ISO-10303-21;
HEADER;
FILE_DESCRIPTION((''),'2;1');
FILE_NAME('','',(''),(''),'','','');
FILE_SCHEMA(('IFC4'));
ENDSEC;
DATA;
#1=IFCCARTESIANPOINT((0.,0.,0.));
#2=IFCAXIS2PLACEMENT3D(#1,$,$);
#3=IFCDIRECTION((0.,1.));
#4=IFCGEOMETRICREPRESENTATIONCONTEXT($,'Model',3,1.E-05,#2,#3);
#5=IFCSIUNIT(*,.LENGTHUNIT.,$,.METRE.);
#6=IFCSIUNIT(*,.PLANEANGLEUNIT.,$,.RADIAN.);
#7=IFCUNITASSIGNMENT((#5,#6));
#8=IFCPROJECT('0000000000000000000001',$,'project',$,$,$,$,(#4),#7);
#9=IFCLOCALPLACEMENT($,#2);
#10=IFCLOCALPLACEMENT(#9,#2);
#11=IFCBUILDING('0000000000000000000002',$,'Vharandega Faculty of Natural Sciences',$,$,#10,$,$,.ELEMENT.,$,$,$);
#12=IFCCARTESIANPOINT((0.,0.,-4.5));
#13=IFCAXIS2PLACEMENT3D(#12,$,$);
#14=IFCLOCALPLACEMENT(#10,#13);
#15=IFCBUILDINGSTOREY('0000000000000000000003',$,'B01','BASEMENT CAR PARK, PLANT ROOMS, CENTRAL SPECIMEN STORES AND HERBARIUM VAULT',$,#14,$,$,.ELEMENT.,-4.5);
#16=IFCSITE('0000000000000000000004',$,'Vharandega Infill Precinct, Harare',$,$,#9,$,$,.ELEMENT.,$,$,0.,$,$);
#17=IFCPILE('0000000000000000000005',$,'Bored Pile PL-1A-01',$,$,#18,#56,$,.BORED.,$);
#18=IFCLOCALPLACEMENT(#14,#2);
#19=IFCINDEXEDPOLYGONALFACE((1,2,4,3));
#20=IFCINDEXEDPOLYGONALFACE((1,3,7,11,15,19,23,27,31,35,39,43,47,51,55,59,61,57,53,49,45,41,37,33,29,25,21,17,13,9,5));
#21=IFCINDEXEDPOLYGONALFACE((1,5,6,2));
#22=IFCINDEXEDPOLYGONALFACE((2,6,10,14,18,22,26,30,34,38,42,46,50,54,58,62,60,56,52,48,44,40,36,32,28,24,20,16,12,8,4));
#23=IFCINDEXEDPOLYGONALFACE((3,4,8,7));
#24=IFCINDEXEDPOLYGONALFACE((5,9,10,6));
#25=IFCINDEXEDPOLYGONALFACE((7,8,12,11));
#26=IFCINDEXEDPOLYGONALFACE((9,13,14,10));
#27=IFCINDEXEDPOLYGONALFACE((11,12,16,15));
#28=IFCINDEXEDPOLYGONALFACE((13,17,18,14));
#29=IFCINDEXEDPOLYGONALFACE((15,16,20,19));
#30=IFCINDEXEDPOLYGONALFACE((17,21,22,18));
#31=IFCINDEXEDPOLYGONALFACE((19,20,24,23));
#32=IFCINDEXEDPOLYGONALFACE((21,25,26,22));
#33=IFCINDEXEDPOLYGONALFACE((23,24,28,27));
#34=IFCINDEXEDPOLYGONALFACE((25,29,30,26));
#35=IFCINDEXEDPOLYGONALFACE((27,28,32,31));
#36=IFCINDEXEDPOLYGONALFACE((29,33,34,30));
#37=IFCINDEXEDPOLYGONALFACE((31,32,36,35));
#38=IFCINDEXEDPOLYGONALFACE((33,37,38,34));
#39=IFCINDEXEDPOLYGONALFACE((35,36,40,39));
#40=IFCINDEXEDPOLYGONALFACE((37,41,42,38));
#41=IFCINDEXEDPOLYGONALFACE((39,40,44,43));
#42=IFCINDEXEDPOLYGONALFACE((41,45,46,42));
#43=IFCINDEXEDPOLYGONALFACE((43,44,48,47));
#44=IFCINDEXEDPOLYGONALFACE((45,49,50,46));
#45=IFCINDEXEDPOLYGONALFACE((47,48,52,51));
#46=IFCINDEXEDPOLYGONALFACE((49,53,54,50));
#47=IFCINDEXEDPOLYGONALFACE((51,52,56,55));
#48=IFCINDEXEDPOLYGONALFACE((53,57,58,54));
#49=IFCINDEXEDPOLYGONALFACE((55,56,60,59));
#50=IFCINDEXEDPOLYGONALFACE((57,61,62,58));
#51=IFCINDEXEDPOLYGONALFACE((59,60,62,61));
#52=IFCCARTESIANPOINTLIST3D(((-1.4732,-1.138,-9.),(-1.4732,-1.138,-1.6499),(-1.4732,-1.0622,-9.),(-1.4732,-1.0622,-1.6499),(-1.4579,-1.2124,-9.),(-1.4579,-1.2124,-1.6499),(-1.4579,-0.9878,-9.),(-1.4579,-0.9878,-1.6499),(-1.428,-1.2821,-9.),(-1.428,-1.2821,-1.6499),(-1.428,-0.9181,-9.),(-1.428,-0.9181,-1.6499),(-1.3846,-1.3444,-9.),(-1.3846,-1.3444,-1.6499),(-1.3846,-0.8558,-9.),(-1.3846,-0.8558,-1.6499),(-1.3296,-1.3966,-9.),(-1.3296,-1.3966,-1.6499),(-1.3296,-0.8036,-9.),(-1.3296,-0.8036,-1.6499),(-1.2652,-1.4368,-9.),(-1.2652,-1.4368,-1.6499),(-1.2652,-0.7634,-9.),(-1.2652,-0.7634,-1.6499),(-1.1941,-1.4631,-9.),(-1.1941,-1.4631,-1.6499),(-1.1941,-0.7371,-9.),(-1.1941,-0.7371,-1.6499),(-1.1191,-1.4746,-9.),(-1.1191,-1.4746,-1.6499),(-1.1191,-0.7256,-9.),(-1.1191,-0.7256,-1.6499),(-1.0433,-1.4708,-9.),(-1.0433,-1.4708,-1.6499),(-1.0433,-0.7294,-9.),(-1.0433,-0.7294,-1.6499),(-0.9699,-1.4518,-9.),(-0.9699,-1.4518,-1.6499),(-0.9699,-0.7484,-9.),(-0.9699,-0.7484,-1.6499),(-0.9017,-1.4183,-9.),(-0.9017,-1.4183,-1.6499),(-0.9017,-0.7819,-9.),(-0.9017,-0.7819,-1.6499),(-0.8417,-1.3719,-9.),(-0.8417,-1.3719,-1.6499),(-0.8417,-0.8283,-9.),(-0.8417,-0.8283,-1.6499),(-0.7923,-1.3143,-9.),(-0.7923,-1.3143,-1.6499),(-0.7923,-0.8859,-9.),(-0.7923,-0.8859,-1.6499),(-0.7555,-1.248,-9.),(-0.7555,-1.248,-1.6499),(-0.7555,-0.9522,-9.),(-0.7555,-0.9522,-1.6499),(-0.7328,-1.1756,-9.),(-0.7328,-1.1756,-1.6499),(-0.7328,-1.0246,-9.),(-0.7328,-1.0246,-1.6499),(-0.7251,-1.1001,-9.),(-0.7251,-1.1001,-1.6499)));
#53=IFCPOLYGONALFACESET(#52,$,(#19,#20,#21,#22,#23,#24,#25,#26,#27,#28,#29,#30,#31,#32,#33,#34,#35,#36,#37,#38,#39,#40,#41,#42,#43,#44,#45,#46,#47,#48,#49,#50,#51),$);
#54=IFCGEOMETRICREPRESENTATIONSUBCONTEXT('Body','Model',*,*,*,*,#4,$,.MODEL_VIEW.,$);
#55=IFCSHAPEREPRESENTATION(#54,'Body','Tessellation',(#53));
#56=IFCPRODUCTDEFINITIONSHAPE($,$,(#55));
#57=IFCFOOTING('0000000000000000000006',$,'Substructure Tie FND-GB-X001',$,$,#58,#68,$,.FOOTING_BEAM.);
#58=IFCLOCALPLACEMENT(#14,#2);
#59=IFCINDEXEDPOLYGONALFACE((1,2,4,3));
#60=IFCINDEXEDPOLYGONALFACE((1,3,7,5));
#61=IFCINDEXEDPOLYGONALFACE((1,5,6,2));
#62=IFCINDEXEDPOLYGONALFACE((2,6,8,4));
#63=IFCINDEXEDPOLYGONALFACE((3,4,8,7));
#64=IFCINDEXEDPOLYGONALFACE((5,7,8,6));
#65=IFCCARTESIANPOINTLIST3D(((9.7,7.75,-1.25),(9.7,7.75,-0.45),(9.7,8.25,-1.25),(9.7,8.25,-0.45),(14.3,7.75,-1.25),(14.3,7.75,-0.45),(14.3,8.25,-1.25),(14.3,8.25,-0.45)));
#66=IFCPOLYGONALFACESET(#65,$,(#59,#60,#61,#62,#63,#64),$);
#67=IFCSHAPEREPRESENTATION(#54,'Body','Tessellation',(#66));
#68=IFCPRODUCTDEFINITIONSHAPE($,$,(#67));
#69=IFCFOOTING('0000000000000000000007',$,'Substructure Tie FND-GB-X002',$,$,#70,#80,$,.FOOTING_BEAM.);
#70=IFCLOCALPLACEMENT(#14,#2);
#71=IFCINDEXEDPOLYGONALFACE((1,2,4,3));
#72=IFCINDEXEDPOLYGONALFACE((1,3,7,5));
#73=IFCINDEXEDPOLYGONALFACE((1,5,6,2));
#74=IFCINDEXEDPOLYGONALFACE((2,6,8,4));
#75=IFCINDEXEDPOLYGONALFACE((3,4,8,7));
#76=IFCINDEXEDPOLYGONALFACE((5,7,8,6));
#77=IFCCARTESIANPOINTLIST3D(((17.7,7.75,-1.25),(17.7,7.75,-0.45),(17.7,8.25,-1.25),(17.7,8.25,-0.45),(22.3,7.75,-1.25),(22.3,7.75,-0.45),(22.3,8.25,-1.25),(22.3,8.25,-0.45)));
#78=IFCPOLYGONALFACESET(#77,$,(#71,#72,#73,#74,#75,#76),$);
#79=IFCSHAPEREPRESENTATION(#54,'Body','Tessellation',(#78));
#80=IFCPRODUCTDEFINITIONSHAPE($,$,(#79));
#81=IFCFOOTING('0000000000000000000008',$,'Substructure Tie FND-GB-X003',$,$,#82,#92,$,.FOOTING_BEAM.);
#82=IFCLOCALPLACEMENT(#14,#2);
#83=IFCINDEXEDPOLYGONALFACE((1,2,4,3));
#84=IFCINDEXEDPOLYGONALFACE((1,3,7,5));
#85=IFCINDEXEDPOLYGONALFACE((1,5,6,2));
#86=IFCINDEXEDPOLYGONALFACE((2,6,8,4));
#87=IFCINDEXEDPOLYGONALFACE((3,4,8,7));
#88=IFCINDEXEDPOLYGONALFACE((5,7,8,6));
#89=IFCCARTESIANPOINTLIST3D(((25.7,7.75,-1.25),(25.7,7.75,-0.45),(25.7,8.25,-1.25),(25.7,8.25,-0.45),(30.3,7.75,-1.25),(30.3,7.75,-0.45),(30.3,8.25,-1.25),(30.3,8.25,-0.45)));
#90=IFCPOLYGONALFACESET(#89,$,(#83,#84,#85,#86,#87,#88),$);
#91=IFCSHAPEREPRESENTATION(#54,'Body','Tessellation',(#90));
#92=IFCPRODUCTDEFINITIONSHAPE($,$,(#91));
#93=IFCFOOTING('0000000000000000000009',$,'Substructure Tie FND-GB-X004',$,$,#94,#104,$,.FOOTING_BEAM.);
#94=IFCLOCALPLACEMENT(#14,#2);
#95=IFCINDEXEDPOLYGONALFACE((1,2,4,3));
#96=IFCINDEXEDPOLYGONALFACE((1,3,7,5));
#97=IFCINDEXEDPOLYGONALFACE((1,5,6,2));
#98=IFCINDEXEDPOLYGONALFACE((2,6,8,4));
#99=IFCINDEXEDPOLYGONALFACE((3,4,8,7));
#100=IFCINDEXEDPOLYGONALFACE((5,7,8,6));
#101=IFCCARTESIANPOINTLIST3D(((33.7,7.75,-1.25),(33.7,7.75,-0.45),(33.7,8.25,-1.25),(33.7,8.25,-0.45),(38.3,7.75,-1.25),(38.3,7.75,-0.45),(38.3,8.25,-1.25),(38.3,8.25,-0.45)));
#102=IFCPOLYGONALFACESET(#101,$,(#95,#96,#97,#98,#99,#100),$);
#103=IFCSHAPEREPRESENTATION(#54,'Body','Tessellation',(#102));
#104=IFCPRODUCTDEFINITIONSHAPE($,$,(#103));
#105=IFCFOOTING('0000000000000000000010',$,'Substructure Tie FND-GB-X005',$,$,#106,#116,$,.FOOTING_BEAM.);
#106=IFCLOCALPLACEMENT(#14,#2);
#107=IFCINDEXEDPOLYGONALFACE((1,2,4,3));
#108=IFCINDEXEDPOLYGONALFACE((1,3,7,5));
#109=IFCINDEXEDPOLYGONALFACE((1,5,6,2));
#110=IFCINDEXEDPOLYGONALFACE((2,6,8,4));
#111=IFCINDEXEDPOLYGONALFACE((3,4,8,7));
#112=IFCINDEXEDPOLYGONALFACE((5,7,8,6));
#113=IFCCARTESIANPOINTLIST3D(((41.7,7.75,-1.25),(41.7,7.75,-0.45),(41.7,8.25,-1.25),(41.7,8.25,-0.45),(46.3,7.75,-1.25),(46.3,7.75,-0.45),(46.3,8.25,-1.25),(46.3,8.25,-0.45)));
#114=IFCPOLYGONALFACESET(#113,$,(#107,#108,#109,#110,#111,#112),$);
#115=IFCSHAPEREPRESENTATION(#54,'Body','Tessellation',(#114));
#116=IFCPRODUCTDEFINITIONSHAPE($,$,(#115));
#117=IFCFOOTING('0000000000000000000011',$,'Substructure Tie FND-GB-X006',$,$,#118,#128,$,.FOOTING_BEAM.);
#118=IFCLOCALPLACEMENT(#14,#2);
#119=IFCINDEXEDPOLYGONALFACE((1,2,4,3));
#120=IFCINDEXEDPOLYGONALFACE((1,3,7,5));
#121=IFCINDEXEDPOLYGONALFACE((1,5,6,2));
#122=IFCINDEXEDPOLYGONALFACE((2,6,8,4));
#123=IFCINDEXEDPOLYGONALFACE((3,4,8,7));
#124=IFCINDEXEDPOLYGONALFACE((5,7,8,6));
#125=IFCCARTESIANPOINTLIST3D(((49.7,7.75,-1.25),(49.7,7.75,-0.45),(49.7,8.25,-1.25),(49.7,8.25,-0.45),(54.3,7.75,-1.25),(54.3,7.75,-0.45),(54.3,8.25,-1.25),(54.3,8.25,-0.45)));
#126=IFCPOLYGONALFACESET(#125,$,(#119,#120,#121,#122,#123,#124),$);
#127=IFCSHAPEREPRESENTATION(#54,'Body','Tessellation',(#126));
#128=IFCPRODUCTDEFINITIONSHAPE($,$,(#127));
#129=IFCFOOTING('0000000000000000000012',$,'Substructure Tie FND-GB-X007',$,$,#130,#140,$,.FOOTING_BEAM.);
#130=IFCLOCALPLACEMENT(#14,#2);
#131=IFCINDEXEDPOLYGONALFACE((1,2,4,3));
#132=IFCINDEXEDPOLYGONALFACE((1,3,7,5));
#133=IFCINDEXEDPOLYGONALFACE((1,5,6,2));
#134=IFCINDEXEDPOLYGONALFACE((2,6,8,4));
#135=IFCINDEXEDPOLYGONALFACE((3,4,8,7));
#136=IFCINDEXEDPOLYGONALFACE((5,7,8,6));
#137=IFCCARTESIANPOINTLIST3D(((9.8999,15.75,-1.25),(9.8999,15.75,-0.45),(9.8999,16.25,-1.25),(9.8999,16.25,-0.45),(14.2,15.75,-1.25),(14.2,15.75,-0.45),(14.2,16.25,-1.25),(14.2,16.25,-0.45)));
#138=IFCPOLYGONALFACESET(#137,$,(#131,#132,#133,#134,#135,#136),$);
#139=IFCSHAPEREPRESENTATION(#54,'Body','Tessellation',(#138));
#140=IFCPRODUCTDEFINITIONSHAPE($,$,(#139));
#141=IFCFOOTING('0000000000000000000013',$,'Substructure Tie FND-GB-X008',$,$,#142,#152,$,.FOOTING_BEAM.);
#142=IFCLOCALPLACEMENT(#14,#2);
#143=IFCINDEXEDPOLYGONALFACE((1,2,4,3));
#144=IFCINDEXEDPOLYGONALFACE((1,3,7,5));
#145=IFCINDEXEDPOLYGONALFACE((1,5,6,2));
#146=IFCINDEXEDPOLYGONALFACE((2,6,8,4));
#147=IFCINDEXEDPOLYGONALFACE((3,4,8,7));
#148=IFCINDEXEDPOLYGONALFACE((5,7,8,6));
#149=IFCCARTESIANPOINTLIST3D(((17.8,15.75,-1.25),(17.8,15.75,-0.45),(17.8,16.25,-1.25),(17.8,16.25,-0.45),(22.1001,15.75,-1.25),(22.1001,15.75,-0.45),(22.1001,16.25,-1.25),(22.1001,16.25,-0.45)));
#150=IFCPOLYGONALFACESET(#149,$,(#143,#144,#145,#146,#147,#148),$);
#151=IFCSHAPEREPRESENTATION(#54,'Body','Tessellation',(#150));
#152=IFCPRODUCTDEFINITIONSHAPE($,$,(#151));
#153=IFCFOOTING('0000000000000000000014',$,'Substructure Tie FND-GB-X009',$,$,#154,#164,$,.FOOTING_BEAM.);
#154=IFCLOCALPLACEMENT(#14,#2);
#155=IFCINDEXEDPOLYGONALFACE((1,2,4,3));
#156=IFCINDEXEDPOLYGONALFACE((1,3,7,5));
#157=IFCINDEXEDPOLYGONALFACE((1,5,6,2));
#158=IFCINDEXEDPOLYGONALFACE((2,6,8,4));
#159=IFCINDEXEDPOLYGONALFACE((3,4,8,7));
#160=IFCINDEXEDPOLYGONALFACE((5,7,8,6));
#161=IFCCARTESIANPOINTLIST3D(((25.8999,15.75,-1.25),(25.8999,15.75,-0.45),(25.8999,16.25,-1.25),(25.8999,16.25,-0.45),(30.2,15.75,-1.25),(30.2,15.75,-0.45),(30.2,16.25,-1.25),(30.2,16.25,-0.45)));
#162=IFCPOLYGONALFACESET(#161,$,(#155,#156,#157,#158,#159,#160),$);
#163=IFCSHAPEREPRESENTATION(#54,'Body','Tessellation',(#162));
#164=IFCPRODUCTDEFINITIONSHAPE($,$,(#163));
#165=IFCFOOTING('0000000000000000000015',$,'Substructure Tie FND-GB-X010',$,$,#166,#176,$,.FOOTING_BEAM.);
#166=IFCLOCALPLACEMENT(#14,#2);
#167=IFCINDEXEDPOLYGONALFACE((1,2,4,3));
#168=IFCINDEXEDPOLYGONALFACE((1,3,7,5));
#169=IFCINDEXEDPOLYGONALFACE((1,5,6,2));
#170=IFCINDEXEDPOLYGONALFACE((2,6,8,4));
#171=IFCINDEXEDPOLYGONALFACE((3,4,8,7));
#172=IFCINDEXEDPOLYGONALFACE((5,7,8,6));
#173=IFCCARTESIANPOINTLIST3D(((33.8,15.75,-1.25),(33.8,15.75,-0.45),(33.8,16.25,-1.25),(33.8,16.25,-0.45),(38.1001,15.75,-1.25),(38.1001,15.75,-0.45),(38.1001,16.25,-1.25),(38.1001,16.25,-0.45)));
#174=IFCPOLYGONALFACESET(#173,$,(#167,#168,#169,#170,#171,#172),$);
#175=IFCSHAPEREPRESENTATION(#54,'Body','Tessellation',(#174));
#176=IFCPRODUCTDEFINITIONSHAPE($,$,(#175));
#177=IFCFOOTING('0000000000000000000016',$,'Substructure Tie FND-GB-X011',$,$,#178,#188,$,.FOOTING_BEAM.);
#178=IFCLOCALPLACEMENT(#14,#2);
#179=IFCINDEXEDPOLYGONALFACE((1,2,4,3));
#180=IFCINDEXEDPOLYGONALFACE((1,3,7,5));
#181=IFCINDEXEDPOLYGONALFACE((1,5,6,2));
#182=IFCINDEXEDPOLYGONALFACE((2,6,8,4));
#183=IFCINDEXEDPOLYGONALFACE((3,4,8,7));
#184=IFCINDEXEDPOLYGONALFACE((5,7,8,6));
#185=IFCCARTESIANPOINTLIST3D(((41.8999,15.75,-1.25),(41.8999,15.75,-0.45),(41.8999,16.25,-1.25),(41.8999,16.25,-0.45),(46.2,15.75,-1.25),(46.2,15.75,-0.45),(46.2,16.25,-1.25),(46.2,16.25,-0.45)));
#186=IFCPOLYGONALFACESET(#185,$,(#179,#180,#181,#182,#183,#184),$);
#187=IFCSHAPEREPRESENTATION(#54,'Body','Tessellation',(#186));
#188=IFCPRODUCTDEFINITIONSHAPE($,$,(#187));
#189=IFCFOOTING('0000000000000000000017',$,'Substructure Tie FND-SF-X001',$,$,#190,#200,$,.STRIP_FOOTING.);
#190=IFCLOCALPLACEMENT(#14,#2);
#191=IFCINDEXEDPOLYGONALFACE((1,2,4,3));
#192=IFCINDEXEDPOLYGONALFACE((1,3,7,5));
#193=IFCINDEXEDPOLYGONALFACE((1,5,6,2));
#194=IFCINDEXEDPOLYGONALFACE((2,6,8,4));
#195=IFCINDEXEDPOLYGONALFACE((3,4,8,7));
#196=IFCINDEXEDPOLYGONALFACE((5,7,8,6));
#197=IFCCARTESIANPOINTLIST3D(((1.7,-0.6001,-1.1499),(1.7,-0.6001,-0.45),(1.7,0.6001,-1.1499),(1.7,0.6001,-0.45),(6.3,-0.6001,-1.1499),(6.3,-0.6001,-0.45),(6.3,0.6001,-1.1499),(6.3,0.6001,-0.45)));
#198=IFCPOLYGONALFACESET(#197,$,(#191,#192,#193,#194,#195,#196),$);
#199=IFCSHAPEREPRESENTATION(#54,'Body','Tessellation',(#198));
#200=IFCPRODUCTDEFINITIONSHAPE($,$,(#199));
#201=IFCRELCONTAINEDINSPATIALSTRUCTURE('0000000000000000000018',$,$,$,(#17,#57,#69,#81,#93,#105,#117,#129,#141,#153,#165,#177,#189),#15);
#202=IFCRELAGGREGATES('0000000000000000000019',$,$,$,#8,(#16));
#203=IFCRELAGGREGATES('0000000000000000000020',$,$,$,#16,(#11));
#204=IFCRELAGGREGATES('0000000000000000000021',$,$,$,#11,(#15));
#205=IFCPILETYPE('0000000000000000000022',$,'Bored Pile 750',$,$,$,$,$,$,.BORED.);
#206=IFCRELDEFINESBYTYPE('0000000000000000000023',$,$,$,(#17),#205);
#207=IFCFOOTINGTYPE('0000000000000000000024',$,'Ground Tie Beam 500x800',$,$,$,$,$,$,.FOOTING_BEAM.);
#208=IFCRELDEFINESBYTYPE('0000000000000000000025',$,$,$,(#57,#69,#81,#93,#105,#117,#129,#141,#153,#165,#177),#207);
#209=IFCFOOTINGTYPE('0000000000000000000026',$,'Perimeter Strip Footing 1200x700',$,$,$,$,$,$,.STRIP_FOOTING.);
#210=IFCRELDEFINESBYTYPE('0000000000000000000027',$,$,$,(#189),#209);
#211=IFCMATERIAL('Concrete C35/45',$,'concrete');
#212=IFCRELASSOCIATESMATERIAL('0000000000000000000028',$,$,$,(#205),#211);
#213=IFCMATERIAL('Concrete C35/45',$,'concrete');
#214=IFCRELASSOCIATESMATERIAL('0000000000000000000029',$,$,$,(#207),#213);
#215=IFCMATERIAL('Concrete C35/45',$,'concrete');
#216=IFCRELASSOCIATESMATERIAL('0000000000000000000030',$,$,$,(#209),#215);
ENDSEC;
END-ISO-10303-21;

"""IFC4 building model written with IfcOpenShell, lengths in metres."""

from ifc_helpers import new_model, si_unit, direction, frame, origin, origin_2d, place, context, subcontext, project, spatial, polyline, circle, outline, extrude, material, material_profile, profile_set, type_object, element, save


model = new_model("IFC4")

# Units and contexts
model_context = context("Model", 3, precision=1e-05, world=origin(), true_north=direction((0.0, 1.0)))
body_context = subcontext(model_context, "Body", "Model", "MODEL_VIEW")
ifc_project = project(units=[si_unit("LENGTHUNIT", "METRE"), si_unit("PLANEANGLEUNIT", "RADIAN")], contexts=[model_context])

# Site, building, storey
site_placement = place(None, origin())
site = spatial("IfcSite", under=ifc_project, at=site_placement, Name="Vharandega Infill Precinct, Harare", CompositionType="ELEMENT", RefElevation=0.0)
building_placement = place(site_placement, origin())
building = spatial("IfcBuilding", under=site, at=building_placement, Name="Vharandega Faculty of Natural Sciences", CompositionType="ELEMENT")
storey_placement = place(building_placement, frame((0.0, 0.0, -4.5)))
storey = spatial("IfcBuildingStorey", under=building, at=storey_placement, Name="B01", Description="BASEMENT CAR PARK, PLANT ROOMS, CENTRAL SPECIMEN STORES AND HERBARIUM VAULT", CompositionType="ELEMENT", Elevation=-4.5)

# Pile
ifc_material_1 = material(Name="Concrete C35/45", Category="concrete")
ifc_material_profile = material_profile(ifc_material_1, circle(Radius=0.375, at=origin_2d()), Name="PILE 750")
ifc_profile_set = profile_set([ifc_material_profile], Name="Concrete C35/45")
pile_type = type_object("IfcPileType", Name="Bored Pile 750", PredefinedType="BORED", material=ifc_profile_set)
pile_placement = place(storey_placement, frame((-1.1001, -1.1001, -1.6499), z_axis=(0.0, 0.0, -1.0), x_axis=(1.0, 0.0, 0.0)))
element("IfcPile", 1, at=pile_placement, inside=storey, type_object=pile_type, Name="Bored Pile PL-1A-01", PredefinedType="BORED", context=body_context, shape_type="SweptSolid", body=[
    extrude(circle(Radius=0.375, at=origin_2d()), origin(), (0.0, 0.0, 1.0), 7.3501),
])

# Footings
ifc_material_2 = material(Name="Concrete C35/45", Category="concrete")
footing_type_1 = type_object("IfcFootingType", Name="Ground Tie Beam 500x800", PredefinedType="FOOTING_BEAM", material=ifc_material_2)
footing_1_placement = place(storey_placement, frame((0.0, 0.0, -1.25)))
element("IfcFooting", 2, at=footing_1_placement, inside=storey, type_object=footing_type_1, Name="Substructure Tie FND-GB-X001", PredefinedType="FOOTING_BEAM", context=body_context, shape_type="SweptSolid", body=[
    extrude(outline(polyline([(9.7, 7.75), (14.3, 7.75), (14.3, 8.25), (9.7, 8.25), (9.7, 7.75)])), origin(), (0.0, 0.0, 1.0), 0.8),
])
footing_2_placement = place(storey_placement, frame((0.0, 0.0, -1.25)))
element("IfcFooting", 3, at=footing_2_placement, inside=storey, type_object=footing_type_1, Name="Substructure Tie FND-GB-X002", PredefinedType="FOOTING_BEAM", context=body_context, shape_type="SweptSolid", body=[
    extrude(outline(polyline([(17.7, 7.75), (22.3, 7.75), (22.3, 8.25), (17.7, 8.25), (17.7, 7.75)])), origin(), (0.0, 0.0, 1.0), 0.8),
])
footing_3_placement = place(storey_placement, frame((0.0, 0.0, -1.25)))
element("IfcFooting", 4, at=footing_3_placement, inside=storey, type_object=footing_type_1, Name="Substructure Tie FND-GB-X003", PredefinedType="FOOTING_BEAM", context=body_context, shape_type="SweptSolid", body=[
    extrude(outline(polyline([(25.7, 7.75), (30.3, 7.75), (30.3, 8.25), (25.7, 8.25), (25.7, 7.75)])), origin(), (0.0, 0.0, 1.0), 0.8),
])
footing_4_placement = place(storey_placement, frame((0.0, 0.0, -1.25)))
element("IfcFooting", 5, at=footing_4_placement, inside=storey, type_object=footing_type_1, Name="Substructure Tie FND-GB-X004", PredefinedType="FOOTING_BEAM", context=body_context, shape_type="SweptSolid", body=[
    extrude(outline(polyline([(33.7, 7.75), (38.3, 7.75), (38.3, 8.25), (33.7, 8.25), (33.7, 7.75)])), origin(), (0.0, 0.0, 1.0), 0.8),
])
footing_5_placement = place(storey_placement, frame((0.0, 0.0, -1.25)))
element("IfcFooting", 6, at=footing_5_placement, inside=storey, type_object=footing_type_1, Name="Substructure Tie FND-GB-X005", PredefinedType="FOOTING_BEAM", context=body_context, shape_type="SweptSolid", body=[
    extrude(outline(polyline([(41.7, 7.75), (46.3, 7.75), (46.3, 8.25), (41.7, 8.25), (41.7, 7.75)])), origin(), (0.0, 0.0, 1.0), 0.8),
])
footing_6_placement = place(storey_placement, frame((0.0, 0.0, -1.25)))
element("IfcFooting", 7, at=footing_6_placement, inside=storey, type_object=footing_type_1, Name="Substructure Tie FND-GB-X006", PredefinedType="FOOTING_BEAM", context=body_context, shape_type="SweptSolid", body=[
    extrude(outline(polyline([(49.7, 7.75), (54.3, 7.75), (54.3, 8.25), (49.7, 8.25), (49.7, 7.75)])), origin(), (0.0, 0.0, 1.0), 0.8),
])
footing_7_placement = place(storey_placement, frame((0.0, 0.0, -1.25)))
element("IfcFooting", 8, at=footing_7_placement, inside=storey, type_object=footing_type_1, Name="Substructure Tie FND-GB-X007", PredefinedType="FOOTING_BEAM", context=body_context, shape_type="SweptSolid", body=[
    extrude(outline(polyline([(9.8999, 15.75), (14.2, 15.75), (14.2, 16.25), (9.8999, 16.25), (9.8999, 15.75)])), origin(), (0.0, 0.0, 1.0), 0.8),
])
footing_8_placement = place(storey_placement, frame((0.0, 0.0, -1.25)))
element("IfcFooting", 9, at=footing_8_placement, inside=storey, type_object=footing_type_1, Name="Substructure Tie FND-GB-X008", PredefinedType="FOOTING_BEAM", context=body_context, shape_type="SweptSolid", body=[
    extrude(outline(polyline([(17.8, 15.75), (22.1001, 15.75), (22.1001, 16.25), (17.8, 16.25), (17.8, 15.75)])), origin(), (0.0, 0.0, 1.0), 0.8),
])
footing_9_placement = place(storey_placement, frame((0.0, 0.0, -1.25)))
element("IfcFooting", 10, at=footing_9_placement, inside=storey, type_object=footing_type_1, Name="Substructure Tie FND-GB-X009", PredefinedType="FOOTING_BEAM", context=body_context, shape_type="SweptSolid", body=[
    extrude(outline(polyline([(25.8999, 15.75), (30.2, 15.75), (30.2, 16.25), (25.8999, 16.25), (25.8999, 15.75)])), origin(), (0.0, 0.0, 1.0), 0.8),
])
footing_10_placement = place(storey_placement, frame((0.0, 0.0, -1.25)))
element("IfcFooting", 11, at=footing_10_placement, inside=storey, type_object=footing_type_1, Name="Substructure Tie FND-GB-X010", PredefinedType="FOOTING_BEAM", context=body_context, shape_type="SweptSolid", body=[
    extrude(outline(polyline([(33.8, 15.75), (38.1001, 15.75), (38.1001, 16.25), (33.8, 16.25), (33.8, 15.75)])), origin(), (0.0, 0.0, 1.0), 0.8),
])
footing_11_placement = place(storey_placement, frame((0.0, 0.0, -1.25)))
element("IfcFooting", 12, at=footing_11_placement, inside=storey, type_object=footing_type_1, Name="Substructure Tie FND-GB-X011", PredefinedType="FOOTING_BEAM", context=body_context, shape_type="SweptSolid", body=[
    extrude(outline(polyline([(41.8999, 15.75), (46.2, 15.75), (46.2, 16.25), (41.8999, 16.25), (41.8999, 15.75)])), origin(), (0.0, 0.0, 1.0), 0.8),
])
ifc_material_3 = material(Name="Concrete C35/45", Category="concrete")
footing_type_2 = type_object("IfcFootingType", Name="Perimeter Strip Footing 1200x700", PredefinedType="STRIP_FOOTING", material=ifc_material_3)
footing_12_placement = place(storey_placement, frame((0.0, 0.0, -1.1499)))
element("IfcFooting", 13, at=footing_12_placement, inside=storey, type_object=footing_type_2, Name="Substructure Tie FND-SF-X001", PredefinedType="STRIP_FOOTING", context=body_context, shape_type="SweptSolid", body=[
    extrude(outline(polyline([(1.7, -0.6001), (6.3, -0.6001), (6.3, 0.6001), (1.7, 0.6001), (1.7, -0.6001)])), origin(), (0.0, 0.0, 1.0), 0.7),
])

save(model, "model.ifc")
